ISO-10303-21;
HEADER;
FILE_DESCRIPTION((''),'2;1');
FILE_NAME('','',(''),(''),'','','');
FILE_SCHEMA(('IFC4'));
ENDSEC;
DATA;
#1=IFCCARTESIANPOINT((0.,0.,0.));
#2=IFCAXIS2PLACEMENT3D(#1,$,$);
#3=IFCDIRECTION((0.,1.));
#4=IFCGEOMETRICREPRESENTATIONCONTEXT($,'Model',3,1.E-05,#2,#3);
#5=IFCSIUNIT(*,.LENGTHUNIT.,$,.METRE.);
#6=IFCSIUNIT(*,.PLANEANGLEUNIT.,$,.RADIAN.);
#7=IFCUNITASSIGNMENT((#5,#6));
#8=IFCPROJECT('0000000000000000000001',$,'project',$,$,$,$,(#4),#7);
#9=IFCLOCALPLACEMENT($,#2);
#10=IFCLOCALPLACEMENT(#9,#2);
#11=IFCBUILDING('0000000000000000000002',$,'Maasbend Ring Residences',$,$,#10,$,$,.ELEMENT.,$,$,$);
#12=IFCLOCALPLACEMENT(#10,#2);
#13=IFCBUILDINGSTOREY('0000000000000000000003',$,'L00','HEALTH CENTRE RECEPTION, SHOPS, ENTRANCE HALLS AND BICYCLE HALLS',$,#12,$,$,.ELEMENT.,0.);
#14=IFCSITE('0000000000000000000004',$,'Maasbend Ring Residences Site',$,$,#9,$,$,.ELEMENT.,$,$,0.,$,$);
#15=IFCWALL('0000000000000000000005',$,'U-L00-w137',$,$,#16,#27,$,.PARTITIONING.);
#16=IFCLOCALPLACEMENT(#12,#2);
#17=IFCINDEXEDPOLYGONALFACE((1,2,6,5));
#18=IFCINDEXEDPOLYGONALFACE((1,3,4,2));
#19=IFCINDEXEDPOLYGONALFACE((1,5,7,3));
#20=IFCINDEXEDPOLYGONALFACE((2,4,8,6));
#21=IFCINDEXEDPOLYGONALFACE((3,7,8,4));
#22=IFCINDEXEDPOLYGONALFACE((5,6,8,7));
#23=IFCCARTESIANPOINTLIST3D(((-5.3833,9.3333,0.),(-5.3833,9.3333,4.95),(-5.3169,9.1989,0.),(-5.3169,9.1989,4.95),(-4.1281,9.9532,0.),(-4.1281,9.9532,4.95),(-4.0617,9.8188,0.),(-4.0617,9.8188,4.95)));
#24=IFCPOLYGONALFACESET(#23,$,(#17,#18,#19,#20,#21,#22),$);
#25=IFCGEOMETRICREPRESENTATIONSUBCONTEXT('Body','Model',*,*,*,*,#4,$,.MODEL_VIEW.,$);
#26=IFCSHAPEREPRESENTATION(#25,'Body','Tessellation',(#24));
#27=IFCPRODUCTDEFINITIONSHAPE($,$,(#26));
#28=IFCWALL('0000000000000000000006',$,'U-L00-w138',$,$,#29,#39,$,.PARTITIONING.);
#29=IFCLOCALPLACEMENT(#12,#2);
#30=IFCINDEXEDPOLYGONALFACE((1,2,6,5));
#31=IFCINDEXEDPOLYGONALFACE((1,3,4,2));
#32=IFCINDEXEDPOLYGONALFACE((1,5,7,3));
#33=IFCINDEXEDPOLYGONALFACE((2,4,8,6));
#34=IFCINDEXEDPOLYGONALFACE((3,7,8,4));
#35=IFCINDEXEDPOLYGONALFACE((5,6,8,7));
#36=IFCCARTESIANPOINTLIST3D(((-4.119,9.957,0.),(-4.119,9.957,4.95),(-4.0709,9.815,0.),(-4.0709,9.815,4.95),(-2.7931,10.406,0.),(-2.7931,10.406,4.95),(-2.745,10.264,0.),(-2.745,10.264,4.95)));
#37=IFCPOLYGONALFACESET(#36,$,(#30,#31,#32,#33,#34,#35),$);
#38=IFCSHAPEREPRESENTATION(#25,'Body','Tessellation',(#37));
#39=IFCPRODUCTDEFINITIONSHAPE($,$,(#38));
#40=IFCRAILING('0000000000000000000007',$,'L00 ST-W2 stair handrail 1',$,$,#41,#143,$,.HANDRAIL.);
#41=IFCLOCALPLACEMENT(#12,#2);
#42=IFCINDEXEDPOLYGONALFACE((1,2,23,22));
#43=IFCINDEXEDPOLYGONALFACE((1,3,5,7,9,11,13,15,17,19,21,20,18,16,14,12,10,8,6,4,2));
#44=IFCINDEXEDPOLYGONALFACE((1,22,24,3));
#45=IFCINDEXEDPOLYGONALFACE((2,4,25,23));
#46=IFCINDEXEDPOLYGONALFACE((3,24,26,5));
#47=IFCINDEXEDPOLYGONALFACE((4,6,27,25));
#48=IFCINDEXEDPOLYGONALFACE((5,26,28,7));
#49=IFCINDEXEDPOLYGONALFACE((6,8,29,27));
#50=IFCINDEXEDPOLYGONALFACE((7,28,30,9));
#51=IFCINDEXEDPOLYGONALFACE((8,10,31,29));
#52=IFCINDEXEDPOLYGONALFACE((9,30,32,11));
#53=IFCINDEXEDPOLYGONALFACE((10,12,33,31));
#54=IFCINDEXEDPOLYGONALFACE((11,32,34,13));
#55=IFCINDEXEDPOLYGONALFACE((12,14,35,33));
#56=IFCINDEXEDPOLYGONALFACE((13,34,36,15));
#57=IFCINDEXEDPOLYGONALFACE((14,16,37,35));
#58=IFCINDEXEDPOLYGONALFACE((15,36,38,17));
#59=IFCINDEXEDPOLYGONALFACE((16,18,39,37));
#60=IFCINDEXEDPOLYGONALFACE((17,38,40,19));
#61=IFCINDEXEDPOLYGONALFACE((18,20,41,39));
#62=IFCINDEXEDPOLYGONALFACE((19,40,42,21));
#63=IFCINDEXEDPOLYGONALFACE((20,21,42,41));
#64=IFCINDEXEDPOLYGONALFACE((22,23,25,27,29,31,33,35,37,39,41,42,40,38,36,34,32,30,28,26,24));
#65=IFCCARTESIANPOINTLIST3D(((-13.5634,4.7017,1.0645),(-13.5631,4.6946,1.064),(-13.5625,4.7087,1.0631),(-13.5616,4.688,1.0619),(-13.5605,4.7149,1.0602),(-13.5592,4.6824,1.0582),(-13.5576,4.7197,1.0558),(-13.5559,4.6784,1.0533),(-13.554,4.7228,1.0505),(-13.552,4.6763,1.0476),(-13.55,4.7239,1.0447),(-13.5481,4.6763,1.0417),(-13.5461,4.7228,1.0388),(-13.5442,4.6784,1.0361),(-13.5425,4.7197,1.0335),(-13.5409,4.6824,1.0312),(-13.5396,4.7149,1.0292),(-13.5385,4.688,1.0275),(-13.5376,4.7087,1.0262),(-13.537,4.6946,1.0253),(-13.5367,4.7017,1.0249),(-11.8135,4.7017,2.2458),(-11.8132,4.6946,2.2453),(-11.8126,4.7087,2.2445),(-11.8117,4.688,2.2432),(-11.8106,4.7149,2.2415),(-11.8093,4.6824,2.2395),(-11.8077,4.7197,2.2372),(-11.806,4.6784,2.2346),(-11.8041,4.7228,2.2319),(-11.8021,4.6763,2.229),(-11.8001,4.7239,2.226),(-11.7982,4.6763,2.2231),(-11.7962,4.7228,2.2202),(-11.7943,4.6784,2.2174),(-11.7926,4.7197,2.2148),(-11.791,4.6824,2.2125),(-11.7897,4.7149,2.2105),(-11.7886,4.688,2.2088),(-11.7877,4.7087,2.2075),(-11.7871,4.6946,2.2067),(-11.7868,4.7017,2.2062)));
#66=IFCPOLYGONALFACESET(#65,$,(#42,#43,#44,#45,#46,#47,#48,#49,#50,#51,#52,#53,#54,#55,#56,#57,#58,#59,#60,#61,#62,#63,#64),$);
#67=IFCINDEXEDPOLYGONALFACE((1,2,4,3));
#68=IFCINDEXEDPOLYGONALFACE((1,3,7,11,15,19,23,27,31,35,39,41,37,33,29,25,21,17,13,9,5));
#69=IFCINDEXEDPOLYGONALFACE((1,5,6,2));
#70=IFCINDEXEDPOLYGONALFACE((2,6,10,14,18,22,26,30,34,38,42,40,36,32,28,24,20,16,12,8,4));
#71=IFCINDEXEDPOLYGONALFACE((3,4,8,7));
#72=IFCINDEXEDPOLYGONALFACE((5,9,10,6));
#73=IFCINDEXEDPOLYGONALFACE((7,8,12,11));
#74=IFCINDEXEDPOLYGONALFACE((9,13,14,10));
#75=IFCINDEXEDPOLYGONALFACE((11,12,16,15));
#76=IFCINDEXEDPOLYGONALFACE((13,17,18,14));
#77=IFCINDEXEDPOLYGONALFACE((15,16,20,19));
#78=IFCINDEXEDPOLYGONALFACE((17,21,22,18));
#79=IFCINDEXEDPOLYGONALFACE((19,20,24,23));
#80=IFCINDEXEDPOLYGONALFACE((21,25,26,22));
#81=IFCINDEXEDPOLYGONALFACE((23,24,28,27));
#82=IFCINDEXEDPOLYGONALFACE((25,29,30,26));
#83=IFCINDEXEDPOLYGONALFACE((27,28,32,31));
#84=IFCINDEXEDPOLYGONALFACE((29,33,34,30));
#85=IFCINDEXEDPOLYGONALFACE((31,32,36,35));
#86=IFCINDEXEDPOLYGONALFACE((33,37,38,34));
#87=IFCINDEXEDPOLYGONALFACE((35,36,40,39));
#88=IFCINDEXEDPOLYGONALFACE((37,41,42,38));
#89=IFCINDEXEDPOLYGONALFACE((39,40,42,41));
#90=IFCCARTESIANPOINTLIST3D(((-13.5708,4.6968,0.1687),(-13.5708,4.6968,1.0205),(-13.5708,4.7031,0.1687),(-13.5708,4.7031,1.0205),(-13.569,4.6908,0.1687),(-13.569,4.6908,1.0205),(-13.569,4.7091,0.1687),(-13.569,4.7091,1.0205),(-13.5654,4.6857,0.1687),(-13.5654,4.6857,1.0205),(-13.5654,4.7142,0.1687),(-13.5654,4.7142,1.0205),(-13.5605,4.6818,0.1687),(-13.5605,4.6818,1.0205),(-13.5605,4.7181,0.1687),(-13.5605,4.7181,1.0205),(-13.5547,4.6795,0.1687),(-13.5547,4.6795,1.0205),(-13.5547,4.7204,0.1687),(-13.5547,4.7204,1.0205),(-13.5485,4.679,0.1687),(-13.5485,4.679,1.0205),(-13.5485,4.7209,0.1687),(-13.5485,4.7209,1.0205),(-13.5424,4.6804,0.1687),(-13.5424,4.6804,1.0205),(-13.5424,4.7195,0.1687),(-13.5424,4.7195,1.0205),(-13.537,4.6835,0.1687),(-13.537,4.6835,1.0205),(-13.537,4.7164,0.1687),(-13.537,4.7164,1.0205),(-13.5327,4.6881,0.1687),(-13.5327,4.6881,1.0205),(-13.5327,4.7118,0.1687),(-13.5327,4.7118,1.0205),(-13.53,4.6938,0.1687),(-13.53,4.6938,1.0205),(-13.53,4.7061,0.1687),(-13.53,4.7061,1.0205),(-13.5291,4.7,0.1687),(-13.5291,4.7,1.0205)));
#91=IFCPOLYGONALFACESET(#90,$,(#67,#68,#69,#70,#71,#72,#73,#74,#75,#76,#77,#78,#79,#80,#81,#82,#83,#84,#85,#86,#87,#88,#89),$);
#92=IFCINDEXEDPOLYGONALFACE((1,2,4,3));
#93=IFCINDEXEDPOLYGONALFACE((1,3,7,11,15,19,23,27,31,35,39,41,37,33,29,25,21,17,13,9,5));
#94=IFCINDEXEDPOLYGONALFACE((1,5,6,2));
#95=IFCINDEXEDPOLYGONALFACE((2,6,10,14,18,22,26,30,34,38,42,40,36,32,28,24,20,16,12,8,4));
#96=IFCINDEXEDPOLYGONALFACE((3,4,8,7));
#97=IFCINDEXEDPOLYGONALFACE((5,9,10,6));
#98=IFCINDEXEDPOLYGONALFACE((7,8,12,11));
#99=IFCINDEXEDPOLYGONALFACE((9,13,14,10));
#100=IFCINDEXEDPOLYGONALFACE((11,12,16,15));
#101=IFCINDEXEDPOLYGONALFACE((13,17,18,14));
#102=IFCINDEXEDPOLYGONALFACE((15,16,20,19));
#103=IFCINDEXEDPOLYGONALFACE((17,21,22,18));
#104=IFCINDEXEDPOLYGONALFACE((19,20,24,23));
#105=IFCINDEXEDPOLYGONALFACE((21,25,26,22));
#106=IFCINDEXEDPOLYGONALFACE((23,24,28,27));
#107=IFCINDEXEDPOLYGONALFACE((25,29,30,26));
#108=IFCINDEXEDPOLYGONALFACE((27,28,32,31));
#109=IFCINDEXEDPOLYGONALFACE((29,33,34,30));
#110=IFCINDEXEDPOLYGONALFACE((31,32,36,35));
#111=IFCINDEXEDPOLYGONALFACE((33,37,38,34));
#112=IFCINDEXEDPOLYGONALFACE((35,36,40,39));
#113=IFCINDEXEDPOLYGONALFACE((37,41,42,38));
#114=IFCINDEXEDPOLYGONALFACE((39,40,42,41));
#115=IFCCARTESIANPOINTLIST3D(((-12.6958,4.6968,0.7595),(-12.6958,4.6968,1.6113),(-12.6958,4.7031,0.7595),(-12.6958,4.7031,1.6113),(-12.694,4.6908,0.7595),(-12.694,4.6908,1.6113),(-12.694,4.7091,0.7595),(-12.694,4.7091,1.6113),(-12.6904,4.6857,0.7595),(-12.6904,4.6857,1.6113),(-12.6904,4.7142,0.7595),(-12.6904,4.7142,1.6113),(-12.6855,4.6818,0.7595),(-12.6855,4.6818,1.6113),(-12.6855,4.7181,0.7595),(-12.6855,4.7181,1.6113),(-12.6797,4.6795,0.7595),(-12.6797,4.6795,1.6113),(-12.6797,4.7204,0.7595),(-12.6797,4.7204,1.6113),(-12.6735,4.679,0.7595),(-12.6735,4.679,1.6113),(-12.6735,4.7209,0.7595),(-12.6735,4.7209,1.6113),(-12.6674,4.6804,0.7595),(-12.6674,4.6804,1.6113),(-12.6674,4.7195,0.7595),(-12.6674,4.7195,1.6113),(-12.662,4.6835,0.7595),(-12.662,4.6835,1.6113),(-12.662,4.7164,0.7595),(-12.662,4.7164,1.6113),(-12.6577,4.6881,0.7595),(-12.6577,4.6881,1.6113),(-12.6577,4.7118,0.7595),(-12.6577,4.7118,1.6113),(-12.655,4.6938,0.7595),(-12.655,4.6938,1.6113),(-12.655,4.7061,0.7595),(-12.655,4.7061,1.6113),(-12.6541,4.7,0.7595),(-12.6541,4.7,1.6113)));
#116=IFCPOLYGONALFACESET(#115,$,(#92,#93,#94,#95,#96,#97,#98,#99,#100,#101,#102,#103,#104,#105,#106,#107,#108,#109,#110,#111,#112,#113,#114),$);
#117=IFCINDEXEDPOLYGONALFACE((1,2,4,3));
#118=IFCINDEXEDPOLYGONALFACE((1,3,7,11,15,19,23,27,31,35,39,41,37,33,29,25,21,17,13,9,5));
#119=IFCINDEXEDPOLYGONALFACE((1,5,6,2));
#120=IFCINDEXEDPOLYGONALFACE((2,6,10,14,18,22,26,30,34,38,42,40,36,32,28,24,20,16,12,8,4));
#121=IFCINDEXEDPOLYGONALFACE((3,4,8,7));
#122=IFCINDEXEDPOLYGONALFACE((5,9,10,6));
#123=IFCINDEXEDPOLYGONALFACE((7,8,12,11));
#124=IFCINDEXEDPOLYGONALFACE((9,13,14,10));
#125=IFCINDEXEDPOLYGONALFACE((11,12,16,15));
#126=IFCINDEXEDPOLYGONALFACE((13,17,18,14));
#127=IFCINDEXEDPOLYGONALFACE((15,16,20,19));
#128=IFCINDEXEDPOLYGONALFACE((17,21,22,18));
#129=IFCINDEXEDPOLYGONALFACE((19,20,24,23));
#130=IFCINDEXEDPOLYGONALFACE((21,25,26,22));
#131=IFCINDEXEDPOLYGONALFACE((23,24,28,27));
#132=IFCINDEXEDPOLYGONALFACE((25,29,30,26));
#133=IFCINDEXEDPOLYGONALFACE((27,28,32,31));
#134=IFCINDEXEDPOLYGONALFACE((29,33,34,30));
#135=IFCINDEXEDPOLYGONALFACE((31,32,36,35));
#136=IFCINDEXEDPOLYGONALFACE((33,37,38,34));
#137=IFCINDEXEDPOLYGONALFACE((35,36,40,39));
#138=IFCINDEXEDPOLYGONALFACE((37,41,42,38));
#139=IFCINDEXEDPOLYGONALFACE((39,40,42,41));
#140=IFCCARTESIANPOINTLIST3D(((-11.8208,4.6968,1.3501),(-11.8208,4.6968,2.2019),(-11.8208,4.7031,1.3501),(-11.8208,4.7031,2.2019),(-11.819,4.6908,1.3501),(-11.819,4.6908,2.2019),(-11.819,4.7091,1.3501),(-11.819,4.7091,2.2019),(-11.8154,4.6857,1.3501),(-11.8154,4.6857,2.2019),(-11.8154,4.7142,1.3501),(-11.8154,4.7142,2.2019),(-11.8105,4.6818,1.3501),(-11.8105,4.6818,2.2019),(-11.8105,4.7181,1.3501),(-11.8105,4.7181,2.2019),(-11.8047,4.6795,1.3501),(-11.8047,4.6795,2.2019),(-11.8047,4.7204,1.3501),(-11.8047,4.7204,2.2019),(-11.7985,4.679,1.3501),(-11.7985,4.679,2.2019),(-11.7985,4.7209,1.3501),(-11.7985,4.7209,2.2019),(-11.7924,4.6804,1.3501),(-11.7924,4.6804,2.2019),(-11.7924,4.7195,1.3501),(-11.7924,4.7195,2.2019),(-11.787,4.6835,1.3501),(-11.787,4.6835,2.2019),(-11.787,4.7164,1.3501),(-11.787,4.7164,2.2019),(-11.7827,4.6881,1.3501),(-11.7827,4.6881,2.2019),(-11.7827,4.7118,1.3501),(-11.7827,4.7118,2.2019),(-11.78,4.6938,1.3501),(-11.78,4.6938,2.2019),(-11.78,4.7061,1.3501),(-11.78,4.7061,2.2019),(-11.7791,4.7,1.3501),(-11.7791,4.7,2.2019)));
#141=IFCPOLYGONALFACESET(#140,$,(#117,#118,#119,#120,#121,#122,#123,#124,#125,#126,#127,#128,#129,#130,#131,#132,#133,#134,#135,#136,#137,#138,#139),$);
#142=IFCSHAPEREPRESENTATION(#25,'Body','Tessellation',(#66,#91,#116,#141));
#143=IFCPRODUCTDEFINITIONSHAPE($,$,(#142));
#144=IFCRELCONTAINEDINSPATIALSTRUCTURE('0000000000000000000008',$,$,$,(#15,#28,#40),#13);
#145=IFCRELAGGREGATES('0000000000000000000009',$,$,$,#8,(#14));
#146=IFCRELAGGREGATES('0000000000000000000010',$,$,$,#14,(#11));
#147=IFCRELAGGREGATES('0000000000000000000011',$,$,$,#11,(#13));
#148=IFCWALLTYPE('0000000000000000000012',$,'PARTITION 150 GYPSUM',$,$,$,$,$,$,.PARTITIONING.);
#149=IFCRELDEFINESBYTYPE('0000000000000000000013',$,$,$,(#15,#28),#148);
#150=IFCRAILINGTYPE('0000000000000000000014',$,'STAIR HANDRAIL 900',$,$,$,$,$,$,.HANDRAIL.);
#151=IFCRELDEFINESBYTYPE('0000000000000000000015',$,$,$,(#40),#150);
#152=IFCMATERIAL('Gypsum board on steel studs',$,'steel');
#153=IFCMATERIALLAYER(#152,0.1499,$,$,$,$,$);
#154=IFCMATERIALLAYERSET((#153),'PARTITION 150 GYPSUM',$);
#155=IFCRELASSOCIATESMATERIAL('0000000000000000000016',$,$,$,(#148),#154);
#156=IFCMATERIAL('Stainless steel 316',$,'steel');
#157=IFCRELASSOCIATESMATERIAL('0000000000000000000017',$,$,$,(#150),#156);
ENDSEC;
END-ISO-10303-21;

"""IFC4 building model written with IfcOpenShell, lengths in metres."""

from ifc_helpers import new_model, si_unit, direction, frame, frame_2d, origin, origin_2d, place, context, subcontext, project, spatial, rectangle, circle, extrude, material, layer, layer_set, type_object, element, save


model = new_model("IFC4")

# Units and contexts
model_context = context("Model", 3, precision=1e-05, world=origin(), true_north=direction((0.0, 1.0)))
body_context = subcontext(model_context, "Body", "Model", "MODEL_VIEW")
ifc_project = project(units=[si_unit("LENGTHUNIT", "METRE"), si_unit("PLANEANGLEUNIT", "RADIAN")], contexts=[model_context])

# Site, building, storey
site_placement = place(None, origin())
site = spatial("IfcSite", under=ifc_project, at=site_placement, Name="Maasbend Ring Residences Site", CompositionType="ELEMENT", RefElevation=0.0)
building_placement = place(site_placement, origin())
building = spatial("IfcBuilding", under=site, at=building_placement, Name="Maasbend Ring Residences", CompositionType="ELEMENT")
storey_placement = place(building_placement, origin())
storey = spatial("IfcBuildingStorey", under=building, at=storey_placement, Name="L00", Description="HEALTH CENTRE RECEPTION, SHOPS, ENTRANCE HALLS AND BICYCLE HALLS", CompositionType="ELEMENT", Elevation=0.0)

# Walls
ifc_material_1 = material(Name="Gypsum board on steel studs", Category="steel")
ifc_layer_1 = layer(ifc_material_1, 0.1499)
ifc_layer_set_1 = layer_set([ifc_layer_1], Name="PARTITION 150 GYPSUM")
wall_type_1 = type_object("IfcWallType", Name="PARTITION 150 GYPSUM", PredefinedType="PARTITIONING", material=ifc_layer_set_1)
for number, where, z_axis, x_axis, name in (
    (1, (-5.3501, 9.2661, 0.0), (0.0, 0.0, 1.0), (0.896614, 0.442813, 0.0), "U-L00-w137"),
    (2, (-4.095, 9.886, 0.0), (0.0, 0.0, 1.0), (0.947173, 0.320724, 0.0), "U-L00-w138"),
):
    element("IfcWall", number, at=place(storey_placement, frame(where, z_axis=z_axis, x_axis=x_axis)), inside=storey, type_object=wall_type_1, Name=name, PredefinedType="PARTITIONING", context=body_context, shape_type="SweptSolid", body=[
        extrude(rectangle(XDim=1.3999, YDim=0.1499, at=frame_2d((0.7, 0.0))), origin(), (0.0, 0.0, 1.0), 4.95),
    ])

# Railing
ifc_material_2 = material(Name="Stainless steel 316", Category="steel")
railing_type = type_object("IfcRailingType", Name="STAIR HANDRAIL 900", PredefinedType="HANDRAIL", material=ifc_material_2)
railing_1_placement = place(storey_placement, frame((-13.55, 4.7, 0.1687)))
element("IfcRailing", 3, at=railing_1_placement, inside=storey, type_object=railing_type, Name="L00 ST-W2 stair handrail 1", PredefinedType="HANDRAIL", context=body_context, shape_type="SweptSolid", body=[
    extrude(circle(Radius=0.0239, at=origin_2d()), frame((0.0, 0.0, 0.876), z_axis=(0.828817, 0.0, 0.559521), x_axis=(0.0, 1.0, 0.0)), (0.0, 0.0, 1.0), 2.1113),
    extrude(circle(Radius=0.021, at=origin_2d()), origin(), (0.0, 0.0, 1.0), 0.8518),
    extrude(circle(Radius=0.021, at=origin_2d()), frame((0.875, 0.0, 0.5908)), (0.0, 0.0, 1.0), 0.8518),
    extrude(circle(Radius=0.021, at=origin_2d()), frame((1.75, 0.0, 1.1814)), (0.0, 0.0, 1.0), 0.8518),
])

save(model, "model.ifc")
